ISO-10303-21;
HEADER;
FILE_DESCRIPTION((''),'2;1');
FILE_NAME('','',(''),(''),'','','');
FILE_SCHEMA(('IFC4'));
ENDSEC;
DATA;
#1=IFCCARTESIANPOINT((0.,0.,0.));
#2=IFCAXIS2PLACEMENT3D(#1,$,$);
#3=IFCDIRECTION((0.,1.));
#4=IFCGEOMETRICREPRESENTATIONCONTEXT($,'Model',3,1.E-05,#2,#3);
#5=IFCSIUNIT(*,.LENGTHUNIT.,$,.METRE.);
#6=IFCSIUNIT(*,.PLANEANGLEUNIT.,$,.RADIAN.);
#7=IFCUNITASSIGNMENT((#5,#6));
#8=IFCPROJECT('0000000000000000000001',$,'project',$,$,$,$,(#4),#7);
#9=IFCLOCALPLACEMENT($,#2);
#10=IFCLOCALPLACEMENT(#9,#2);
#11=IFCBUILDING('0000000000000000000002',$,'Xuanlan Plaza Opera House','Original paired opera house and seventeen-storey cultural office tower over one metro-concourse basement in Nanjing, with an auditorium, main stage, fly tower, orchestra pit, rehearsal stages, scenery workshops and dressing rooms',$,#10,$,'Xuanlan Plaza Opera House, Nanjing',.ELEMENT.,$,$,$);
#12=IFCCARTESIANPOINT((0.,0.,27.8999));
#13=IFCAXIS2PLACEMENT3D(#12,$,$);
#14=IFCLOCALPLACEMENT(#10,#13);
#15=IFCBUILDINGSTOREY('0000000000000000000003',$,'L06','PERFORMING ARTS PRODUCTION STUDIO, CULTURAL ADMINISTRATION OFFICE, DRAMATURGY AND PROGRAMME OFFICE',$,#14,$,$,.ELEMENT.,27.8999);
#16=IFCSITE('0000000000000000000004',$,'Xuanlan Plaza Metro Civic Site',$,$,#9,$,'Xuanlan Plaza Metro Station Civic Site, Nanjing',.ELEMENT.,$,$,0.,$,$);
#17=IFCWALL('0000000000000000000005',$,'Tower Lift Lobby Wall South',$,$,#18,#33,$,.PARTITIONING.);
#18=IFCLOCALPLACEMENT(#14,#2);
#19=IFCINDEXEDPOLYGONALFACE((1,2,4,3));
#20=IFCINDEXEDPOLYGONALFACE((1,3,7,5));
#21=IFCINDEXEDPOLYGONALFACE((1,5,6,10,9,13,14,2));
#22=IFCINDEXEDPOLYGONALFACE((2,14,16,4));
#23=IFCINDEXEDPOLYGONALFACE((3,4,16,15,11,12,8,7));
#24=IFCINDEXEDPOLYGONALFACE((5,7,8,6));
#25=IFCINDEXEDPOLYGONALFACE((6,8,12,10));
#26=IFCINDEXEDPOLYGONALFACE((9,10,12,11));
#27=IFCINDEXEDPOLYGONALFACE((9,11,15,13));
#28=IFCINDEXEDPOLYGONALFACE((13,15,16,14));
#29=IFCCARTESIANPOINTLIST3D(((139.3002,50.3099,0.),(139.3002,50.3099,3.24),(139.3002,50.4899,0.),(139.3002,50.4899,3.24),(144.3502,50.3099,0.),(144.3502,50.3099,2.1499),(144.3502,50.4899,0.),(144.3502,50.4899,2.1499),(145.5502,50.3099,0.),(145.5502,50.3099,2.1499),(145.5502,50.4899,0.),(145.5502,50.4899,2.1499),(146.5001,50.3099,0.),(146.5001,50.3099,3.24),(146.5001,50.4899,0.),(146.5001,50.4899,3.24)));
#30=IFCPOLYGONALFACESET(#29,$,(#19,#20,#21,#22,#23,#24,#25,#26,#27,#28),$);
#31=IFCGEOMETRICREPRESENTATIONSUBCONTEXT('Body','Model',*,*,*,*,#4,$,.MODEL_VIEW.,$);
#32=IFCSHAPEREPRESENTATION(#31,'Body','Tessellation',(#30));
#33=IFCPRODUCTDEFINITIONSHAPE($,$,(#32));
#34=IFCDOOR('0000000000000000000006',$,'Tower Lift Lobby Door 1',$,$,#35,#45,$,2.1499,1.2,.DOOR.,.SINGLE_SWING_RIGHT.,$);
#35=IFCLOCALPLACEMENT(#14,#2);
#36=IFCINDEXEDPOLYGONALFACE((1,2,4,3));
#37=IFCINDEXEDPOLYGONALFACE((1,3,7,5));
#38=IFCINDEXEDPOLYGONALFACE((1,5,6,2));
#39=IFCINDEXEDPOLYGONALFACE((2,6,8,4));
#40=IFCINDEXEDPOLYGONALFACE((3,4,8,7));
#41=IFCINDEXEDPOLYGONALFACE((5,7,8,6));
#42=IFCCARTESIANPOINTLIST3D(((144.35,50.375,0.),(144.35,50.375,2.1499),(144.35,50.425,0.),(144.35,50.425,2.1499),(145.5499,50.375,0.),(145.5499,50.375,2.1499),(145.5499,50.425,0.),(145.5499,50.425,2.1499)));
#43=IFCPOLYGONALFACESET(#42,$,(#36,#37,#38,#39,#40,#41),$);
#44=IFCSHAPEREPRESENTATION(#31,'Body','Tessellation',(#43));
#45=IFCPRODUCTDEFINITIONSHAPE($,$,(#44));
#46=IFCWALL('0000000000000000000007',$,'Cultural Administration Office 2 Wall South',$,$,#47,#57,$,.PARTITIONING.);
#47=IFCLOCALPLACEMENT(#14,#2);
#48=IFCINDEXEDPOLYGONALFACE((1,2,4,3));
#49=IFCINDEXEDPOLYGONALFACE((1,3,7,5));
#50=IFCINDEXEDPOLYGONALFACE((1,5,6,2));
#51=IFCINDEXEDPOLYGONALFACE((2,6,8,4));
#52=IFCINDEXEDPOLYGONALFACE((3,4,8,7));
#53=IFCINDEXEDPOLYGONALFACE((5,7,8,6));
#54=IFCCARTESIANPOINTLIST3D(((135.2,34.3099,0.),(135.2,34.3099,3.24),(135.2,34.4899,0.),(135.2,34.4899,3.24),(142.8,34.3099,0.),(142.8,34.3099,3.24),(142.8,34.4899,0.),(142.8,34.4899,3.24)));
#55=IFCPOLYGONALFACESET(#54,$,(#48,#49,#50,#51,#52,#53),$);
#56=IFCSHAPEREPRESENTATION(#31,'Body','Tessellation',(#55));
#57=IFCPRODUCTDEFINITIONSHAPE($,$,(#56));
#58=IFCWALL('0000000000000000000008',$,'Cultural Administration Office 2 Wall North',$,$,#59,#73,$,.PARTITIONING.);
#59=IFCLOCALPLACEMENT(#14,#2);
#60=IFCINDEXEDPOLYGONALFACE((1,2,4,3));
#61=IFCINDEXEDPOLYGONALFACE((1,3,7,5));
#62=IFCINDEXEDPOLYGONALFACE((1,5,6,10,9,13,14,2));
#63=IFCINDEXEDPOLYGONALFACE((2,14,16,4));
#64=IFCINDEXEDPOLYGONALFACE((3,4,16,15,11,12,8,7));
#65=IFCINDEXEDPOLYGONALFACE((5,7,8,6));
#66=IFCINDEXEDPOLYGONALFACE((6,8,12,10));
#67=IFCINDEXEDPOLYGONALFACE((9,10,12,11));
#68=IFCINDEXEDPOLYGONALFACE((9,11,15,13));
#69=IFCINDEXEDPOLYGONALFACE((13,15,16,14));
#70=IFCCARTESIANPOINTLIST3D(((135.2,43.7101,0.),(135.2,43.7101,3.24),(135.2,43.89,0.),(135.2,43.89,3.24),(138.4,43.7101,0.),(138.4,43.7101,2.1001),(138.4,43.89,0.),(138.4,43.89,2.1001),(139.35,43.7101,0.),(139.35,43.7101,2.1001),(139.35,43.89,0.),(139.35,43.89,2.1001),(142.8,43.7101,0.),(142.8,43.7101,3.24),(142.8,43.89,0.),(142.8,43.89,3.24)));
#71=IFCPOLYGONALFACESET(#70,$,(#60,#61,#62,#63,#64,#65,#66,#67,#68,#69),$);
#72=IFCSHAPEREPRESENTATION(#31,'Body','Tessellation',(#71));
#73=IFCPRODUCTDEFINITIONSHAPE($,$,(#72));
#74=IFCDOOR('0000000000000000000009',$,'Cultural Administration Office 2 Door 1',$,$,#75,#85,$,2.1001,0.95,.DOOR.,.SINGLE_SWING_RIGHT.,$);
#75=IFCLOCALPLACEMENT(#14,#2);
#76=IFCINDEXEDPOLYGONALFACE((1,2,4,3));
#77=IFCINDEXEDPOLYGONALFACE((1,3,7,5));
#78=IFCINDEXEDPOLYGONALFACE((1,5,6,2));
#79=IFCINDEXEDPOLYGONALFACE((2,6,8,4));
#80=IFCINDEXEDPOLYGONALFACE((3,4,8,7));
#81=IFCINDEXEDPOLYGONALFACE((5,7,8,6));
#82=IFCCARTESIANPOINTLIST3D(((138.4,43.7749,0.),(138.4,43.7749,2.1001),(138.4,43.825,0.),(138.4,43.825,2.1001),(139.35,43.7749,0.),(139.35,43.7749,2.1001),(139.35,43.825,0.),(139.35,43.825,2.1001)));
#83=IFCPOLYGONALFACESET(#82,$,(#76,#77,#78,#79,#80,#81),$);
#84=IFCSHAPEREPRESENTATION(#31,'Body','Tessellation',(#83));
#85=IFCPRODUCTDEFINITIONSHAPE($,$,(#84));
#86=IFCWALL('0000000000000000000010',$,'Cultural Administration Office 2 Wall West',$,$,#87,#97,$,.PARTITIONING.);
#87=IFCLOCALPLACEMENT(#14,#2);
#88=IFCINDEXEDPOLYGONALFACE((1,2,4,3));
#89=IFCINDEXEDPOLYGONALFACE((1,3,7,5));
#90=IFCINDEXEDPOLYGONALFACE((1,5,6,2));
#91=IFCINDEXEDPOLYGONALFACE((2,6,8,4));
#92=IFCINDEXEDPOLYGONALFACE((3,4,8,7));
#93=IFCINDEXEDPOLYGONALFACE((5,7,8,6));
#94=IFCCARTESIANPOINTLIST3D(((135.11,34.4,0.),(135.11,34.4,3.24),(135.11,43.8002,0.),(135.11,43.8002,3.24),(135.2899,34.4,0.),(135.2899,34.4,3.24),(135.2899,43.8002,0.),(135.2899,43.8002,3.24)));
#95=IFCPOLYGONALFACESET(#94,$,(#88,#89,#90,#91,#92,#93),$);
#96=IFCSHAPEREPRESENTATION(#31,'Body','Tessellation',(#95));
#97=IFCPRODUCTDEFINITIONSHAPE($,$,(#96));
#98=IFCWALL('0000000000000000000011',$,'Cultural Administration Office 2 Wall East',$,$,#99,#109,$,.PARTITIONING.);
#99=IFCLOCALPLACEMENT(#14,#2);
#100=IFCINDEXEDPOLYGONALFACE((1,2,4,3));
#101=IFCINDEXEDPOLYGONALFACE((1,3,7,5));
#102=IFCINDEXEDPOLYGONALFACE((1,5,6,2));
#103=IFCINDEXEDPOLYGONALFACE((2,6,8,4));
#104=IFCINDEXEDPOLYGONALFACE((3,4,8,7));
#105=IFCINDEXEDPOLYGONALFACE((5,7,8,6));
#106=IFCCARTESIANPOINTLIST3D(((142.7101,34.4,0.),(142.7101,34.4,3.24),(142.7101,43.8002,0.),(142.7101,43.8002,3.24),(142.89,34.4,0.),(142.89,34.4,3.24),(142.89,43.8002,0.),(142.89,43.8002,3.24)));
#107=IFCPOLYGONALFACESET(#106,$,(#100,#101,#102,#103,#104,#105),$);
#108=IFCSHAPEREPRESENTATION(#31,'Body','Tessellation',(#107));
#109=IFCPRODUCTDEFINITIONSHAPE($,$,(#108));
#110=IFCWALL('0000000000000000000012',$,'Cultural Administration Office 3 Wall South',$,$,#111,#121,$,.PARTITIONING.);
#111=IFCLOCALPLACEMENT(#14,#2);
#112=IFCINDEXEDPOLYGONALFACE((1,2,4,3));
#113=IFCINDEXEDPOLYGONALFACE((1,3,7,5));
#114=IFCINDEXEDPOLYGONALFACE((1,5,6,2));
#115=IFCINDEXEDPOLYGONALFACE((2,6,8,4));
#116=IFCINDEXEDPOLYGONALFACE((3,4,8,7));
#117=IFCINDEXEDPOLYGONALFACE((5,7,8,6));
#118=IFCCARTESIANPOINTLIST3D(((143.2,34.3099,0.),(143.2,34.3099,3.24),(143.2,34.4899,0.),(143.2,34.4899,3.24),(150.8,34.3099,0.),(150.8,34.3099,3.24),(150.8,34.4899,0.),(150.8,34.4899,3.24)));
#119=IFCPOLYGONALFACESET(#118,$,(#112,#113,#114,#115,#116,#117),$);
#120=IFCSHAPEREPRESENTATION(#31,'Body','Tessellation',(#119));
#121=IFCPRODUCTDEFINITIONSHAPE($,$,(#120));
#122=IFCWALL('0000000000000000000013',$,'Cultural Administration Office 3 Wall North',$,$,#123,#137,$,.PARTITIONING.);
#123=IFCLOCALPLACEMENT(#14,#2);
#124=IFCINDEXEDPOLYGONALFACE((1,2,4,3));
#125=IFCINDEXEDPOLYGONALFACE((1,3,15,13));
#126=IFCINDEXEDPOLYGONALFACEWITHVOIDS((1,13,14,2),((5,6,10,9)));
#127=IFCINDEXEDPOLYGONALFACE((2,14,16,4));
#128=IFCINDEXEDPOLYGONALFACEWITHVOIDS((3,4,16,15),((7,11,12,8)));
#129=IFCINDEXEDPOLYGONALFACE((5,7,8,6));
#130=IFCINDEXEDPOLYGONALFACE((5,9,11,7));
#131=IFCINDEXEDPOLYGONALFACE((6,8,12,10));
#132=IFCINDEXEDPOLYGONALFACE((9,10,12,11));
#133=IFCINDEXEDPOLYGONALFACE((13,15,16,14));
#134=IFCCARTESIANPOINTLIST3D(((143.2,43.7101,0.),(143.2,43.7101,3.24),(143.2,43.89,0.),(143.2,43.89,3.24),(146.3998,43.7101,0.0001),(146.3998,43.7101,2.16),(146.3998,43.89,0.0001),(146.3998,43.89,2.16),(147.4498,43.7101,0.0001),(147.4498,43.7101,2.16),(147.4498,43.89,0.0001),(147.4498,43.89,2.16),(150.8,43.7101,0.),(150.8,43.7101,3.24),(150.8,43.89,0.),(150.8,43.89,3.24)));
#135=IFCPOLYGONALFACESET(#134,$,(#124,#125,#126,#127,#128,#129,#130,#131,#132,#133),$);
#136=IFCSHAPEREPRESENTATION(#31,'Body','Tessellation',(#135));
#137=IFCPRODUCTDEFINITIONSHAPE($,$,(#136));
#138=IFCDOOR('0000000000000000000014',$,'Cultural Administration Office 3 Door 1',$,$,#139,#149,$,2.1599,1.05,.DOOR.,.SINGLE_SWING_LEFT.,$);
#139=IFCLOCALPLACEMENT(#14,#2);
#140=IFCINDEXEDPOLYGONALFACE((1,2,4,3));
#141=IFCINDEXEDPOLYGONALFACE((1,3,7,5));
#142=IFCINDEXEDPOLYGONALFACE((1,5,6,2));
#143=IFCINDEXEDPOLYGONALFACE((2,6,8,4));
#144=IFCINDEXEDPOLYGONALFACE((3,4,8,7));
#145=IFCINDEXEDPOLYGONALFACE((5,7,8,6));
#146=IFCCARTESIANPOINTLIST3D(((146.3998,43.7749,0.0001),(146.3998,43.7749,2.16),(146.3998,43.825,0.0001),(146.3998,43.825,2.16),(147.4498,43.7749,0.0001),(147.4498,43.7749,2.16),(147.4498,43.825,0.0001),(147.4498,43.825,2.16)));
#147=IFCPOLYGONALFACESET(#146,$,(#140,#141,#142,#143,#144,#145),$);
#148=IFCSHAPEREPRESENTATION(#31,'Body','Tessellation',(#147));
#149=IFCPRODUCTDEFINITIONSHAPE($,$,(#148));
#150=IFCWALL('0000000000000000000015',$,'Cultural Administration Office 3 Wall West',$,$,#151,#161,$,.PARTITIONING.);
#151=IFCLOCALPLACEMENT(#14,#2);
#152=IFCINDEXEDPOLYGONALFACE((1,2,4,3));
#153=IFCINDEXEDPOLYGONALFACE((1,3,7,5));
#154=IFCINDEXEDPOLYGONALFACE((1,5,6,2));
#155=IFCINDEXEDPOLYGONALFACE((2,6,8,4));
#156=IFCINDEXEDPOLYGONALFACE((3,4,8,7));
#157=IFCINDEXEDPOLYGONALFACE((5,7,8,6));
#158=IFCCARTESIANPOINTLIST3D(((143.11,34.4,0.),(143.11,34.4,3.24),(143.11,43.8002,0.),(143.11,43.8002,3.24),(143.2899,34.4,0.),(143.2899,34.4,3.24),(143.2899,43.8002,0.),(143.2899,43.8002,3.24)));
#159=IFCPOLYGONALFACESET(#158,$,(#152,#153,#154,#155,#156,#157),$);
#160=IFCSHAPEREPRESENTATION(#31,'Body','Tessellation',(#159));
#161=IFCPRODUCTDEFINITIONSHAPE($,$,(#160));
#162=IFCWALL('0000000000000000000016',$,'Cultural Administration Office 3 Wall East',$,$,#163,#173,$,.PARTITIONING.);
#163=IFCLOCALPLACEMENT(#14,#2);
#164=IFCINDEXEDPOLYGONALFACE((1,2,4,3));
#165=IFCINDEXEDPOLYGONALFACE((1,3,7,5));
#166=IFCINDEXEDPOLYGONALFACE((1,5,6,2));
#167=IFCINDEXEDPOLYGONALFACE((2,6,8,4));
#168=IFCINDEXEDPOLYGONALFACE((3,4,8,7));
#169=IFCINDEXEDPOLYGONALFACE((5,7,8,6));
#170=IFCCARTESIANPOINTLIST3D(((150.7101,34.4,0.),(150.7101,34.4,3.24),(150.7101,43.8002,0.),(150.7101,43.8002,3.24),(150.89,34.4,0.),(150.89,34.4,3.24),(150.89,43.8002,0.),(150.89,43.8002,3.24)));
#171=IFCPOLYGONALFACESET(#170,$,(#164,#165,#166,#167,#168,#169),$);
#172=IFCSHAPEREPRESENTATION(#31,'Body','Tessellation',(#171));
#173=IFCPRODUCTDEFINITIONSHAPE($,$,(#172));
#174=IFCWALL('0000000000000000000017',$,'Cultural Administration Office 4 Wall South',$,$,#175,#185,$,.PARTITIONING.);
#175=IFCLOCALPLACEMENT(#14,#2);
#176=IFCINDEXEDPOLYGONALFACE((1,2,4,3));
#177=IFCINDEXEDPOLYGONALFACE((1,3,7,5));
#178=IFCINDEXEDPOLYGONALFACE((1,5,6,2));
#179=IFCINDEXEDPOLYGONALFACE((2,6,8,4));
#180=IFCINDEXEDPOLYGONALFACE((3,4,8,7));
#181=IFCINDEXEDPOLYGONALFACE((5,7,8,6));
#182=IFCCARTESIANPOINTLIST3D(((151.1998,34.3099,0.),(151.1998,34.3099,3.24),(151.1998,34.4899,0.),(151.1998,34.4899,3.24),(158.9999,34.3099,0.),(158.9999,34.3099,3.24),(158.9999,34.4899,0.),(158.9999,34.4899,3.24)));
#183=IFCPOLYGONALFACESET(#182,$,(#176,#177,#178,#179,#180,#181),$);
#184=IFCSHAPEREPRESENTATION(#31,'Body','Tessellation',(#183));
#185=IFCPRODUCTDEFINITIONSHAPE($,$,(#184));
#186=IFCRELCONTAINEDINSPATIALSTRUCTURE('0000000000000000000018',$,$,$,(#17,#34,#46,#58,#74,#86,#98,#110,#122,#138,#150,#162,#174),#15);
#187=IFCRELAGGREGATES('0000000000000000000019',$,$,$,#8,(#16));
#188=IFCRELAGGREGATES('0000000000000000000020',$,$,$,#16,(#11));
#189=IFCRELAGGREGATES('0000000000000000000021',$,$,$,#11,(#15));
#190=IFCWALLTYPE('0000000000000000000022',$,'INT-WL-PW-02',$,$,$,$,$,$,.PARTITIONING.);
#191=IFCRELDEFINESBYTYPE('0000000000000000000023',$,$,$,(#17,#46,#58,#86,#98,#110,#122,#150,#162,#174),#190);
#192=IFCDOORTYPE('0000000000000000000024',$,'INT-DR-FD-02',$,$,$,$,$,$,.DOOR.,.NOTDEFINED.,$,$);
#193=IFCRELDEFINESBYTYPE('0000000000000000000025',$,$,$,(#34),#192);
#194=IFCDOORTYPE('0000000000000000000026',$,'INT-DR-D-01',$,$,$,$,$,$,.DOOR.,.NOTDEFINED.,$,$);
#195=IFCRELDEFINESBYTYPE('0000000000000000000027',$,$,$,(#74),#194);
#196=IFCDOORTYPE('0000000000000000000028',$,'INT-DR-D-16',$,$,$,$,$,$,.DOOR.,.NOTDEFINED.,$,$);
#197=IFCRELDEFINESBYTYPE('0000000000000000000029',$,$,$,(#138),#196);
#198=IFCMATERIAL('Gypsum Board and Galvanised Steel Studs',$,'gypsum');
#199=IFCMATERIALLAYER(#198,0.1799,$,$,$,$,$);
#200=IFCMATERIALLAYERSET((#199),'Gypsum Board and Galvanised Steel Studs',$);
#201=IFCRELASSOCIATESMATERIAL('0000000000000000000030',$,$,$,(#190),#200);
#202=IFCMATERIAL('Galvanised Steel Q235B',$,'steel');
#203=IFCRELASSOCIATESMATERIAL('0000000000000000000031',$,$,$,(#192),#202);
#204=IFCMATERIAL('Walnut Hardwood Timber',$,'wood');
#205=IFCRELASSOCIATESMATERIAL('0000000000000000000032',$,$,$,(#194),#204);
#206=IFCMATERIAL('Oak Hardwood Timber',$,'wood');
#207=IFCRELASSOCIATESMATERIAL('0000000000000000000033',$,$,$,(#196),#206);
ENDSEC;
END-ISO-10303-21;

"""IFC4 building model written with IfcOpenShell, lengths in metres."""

from ifc_helpers import new_model, si_unit, direction, frame, frame_2d, origin, place, context, subcontext, project, spatial, rectangle, extrude, material, layer, layer_set, type_object, element, fill, save


model = new_model("IFC4")

# Units and contexts
model_context = context("Model", 3, precision=1e-05, world=origin(), true_north=direction((0.0, 1.0)))
body_context = subcontext(model_context, "Body", "Model", "MODEL_VIEW")
ifc_project = project(units=[si_unit("LENGTHUNIT", "METRE"), si_unit("PLANEANGLEUNIT", "RADIAN")], contexts=[model_context])

# Site, building, storey
site_placement = place(None, origin())
site = spatial("IfcSite", under=ifc_project, at=site_placement, Name="Xuanlan Plaza Metro Civic Site", LongName="Xuanlan Plaza Metro Station Civic Site, Nanjing", CompositionType="ELEMENT", RefElevation=0.0)
building_placement = place(site_placement, origin())
building = spatial("IfcBuilding", under=site, at=building_placement, Name="Xuanlan Plaza Opera House", Description="Original paired opera house and seventeen-storey cultural office tower over one metro-concourse basement in Nanjing, with an auditorium, main stage, fly tower, orchestra pit, rehearsal stages, scenery workshops and dressing rooms", LongName="Xuanlan Plaza Opera House, Nanjing", CompositionType="ELEMENT")
storey_placement = place(building_placement, frame((0.0, 0.0, 27.8999)))
storey = spatial("IfcBuildingStorey", under=building, at=storey_placement, Name="L06", Description="PERFORMING ARTS PRODUCTION STUDIO, CULTURAL ADMINISTRATION OFFICE, DRAMATURGY AND PROGRAMME OFFICE", CompositionType="ELEMENT", Elevation=27.8999)

# Wall, opening, door
ifc_material_1 = material(Name="Gypsum Board and Galvanised Steel Studs", Category="gypsum")
ifc_layer_1 = layer(ifc_material_1, 0.1799)
ifc_layer_set_1 = layer_set([ifc_layer_1], Name="Gypsum Board and Galvanised Steel Studs")
wall_type_1 = type_object("IfcWallType", Name="INT-WL-PW-02", PredefinedType="PARTITIONING", material=ifc_layer_set_1)
wall_1_placement = place(storey_placement, frame((139.3, 50.3999, 0.0), z_axis=(0.0, 0.0, 1.0), x_axis=(1.0, 0.0, 0.0)))
wall_1 = element("IfcWall", 1, at=wall_1_placement, inside=storey, type_object=wall_type_1, Name="Tower Lift Lobby Wall South", PredefinedType="PARTITIONING", context=body_context, shape_type="SweptSolid", body=[
    extrude(rectangle(XDim=7.2, YDim=0.1799, at=frame_2d((3.6001, 0.0))), origin(), (0.0, 0.0, 1.0), 3.24),
])
opening_1_placement = place(wall_1_placement, frame((5.05, 0.0, 0.0)))
opening_1 = element("IfcOpeningElement", 2, at=opening_1_placement, cuts=wall_1, PredefinedType="OPENING", context=body_context, shape_type="SweptSolid", body=[
    extrude(rectangle(XDim=1.2, YDim=2.1499, at=frame_2d((0.6001, 1.075))), frame((0.0, 0.0999, 0.0), z_axis=(0.0, -1.0, 0.0), x_axis=(1.0, 0.0, 0.0)), (0.0, 0.0, 1.0), 0.2),
])
ifc_material_2 = material(Name="Galvanised Steel Q235B", Category="steel")
door_type_1 = type_object("IfcDoorType", Name="INT-DR-FD-02", OperationType="NOTDEFINED", PredefinedType="DOOR", material=ifc_material_2)
door_1_placement = place(opening_1_placement, frame((1.2, 0.0, 0.0), z_axis=(0.0, 0.0, 1.0), x_axis=(-1.0, 0.0, 0.0)))
door_1 = element("IfcDoor", 3, at=door_1_placement, inside=storey, type_object=door_type_1, Name="Tower Lift Lobby Door 1", OperationType="SINGLE_SWING_RIGHT", OverallHeight=2.1499, OverallWidth=1.2, PredefinedType="DOOR", context=body_context, shape_type="SweptSolid", body=[
    extrude(rectangle(XDim=1.2, YDim=2.1499, at=frame_2d((0.6001, 1.075))), frame((0.0, 0.0249, 0.0), z_axis=(0.0, -1.0, 0.0), x_axis=(1.0, 0.0, 0.0)), (0.0, 0.0, 1.0), 0.05),
])
fill(opening_1, door_1)

# Wall
wall_2_placement = place(storey_placement, frame((135.2, 34.3999, 0.0), z_axis=(0.0, 0.0, 1.0), x_axis=(1.0, 0.0, 0.0)))
element("IfcWall", 4, at=wall_2_placement, inside=storey, type_object=wall_type_1, Name="Cultural Administration Office 2 Wall South", PredefinedType="PARTITIONING", context=body_context, shape_type="SweptSolid", body=[
    extrude(rectangle(XDim=7.6001, YDim=0.1799, at=frame_2d((3.8, 0.0))), origin(), (0.0, 0.0, 1.0), 3.24),
])

# Wall, opening, door
wall_3_placement = place(storey_placement, frame((135.2, 43.8, 0.0), z_axis=(0.0, 0.0, 1.0), x_axis=(1.0, 0.0, 0.0)))
wall_3 = element("IfcWall", 5, at=wall_3_placement, inside=storey, type_object=wall_type_1, Name="Cultural Administration Office 2 Wall North", PredefinedType="PARTITIONING", context=body_context, shape_type="SweptSolid", body=[
    extrude(rectangle(XDim=7.6001, YDim=0.1799, at=frame_2d((3.8, 0.0))), origin(), (0.0, 0.0, 1.0), 3.24),
])
opening_2_placement = place(wall_3_placement, frame((3.2, 0.0, 0.0)))
opening_2 = element("IfcOpeningElement", 6, at=opening_2_placement, cuts=wall_3, PredefinedType="OPENING", context=body_context, shape_type="SweptSolid", body=[
    extrude(rectangle(XDim=0.95, YDim=2.1001, at=frame_2d((0.4751, 1.05))), frame((0.0, 0.0999, 0.0), z_axis=(0.0, -1.0, 0.0), x_axis=(1.0, 0.0, 0.0)), (0.0, 0.0, 1.0), 0.2),
])
ifc_material_3 = material(Name="Walnut Hardwood Timber", Category="wood")
door_type_2 = type_object("IfcDoorType", Name="INT-DR-D-01", OperationType="NOTDEFINED", PredefinedType="DOOR", material=ifc_material_3)
door_2_placement = place(opening_2_placement, origin())
door_2 = element("IfcDoor", 7, at=door_2_placement, inside=storey, type_object=door_type_2, Name="Cultural Administration Office 2 Door 1", OperationType="SINGLE_SWING_RIGHT", OverallHeight=2.1001, OverallWidth=0.95, PredefinedType="DOOR", context=body_context, shape_type="SweptSolid", body=[
    extrude(rectangle(XDim=0.95, YDim=2.1001, at=frame_2d((0.4751, 1.05))), frame((0.0, 0.0249, 0.0), z_axis=(0.0, -1.0, 0.0), x_axis=(1.0, 0.0, 0.0)), (0.0, 0.0, 1.0), 0.05),
])
fill(opening_2, door_2)

# Walls
for number, where, z_axis, x_axis, name in (
    (8, (135.2, 34.3999, 0.0), (0.0, 0.0, 1.0), (0.0, 1.0, 0.0), "Cultural Administration Office 2 Wall West"),
    (9, (142.8, 34.3999, 0.0), (0.0, 0.0, 1.0), (0.0, 1.0, 0.0), "Cultural Administration Office 2 Wall East"),
):
    element("IfcWall", number, at=place(storey_placement, frame(where, z_axis=z_axis, x_axis=x_axis)), inside=storey, type_object=wall_type_1, Name=name, PredefinedType="PARTITIONING", context=body_context, shape_type="SweptSolid", body=[
        extrude(rectangle(XDim=9.4001, YDim=0.1799, at=frame_2d((4.7002, 0.0))), origin(), (0.0, 0.0, 1.0), 3.24),
    ])
wall_4_placement = place(storey_placement, frame((143.2, 34.3999, 0.0), z_axis=(0.0, 0.0, 1.0), x_axis=(1.0, 0.0, 0.0)))
element("IfcWall", 10, at=wall_4_placement, inside=storey, type_object=wall_type_1, Name="Cultural Administration Office 3 Wall South", PredefinedType="PARTITIONING", context=body_context, shape_type="SweptSolid", body=[
    extrude(rectangle(XDim=7.6001, YDim=0.1799, at=frame_2d((3.8, 0.0))), origin(), (0.0, 0.0, 1.0), 3.24),
])

# Wall, opening, door
wall_5_placement = place(storey_placement, frame((143.2, 43.8, 0.0), z_axis=(0.0, 0.0, 1.0), x_axis=(1.0, 0.0, 0.0)))
wall_5 = element("IfcWall", 11, at=wall_5_placement, inside=storey, type_object=wall_type_1, Name="Cultural Administration Office 3 Wall North", PredefinedType="PARTITIONING", context=body_context, shape_type="SweptSolid", body=[
    extrude(rectangle(XDim=7.6001, YDim=0.1799, at=frame_2d((3.8, 0.0))), origin(), (0.0, 0.0, 1.0), 3.24),
])
opening_3_placement = place(wall_5_placement, frame((3.2, 0.0, 0.0)))
opening_3 = element("IfcOpeningElement", 12, at=opening_3_placement, cuts=wall_5, PredefinedType="OPENING", context=body_context, shape_type="SweptSolid", body=[
    extrude(rectangle(XDim=1.05, YDim=2.1599, at=frame_2d((0.5249, 1.0801))), frame((0.0, 0.0999, 0.0), z_axis=(0.0, -1.0, 0.0), x_axis=(1.0, 0.0, 0.0)), (0.0, 0.0, 1.0), 0.2),
])
ifc_material_4 = material(Name="Oak Hardwood Timber", Category="wood")
door_type_3 = type_object("IfcDoorType", Name="INT-DR-D-16", OperationType="NOTDEFINED", PredefinedType="DOOR", material=ifc_material_4)
door_3_placement = place(opening_3_placement, origin())
door_3 = element("IfcDoor", 13, at=door_3_placement, inside=storey, type_object=door_type_3, Name="Cultural Administration Office 3 Door 1", OperationType="SINGLE_SWING_LEFT", OverallHeight=2.1599, OverallWidth=1.05, PredefinedType="DOOR", context=body_context, shape_type="SweptSolid", body=[
    extrude(rectangle(XDim=1.05, YDim=2.1599, at=frame_2d((0.5249, 1.0801))), frame((0.0, 0.0249, 0.0), z_axis=(0.0, -1.0, 0.0), x_axis=(1.0, 0.0, 0.0)), (0.0, 0.0, 1.0), 0.05),
])
fill(opening_3, door_3)

# Walls
for number, where, z_axis, x_axis, name in (
    (14, (143.2, 34.3999, 0.0), (0.0, 0.0, 1.0), (0.0, 1.0, 0.0), "Cultural Administration Office 3 Wall West"),
    (15, (150.8, 34.3999, 0.0), (0.0, 0.0, 1.0), (0.0, 1.0, 0.0), "Cultural Administration Office 3 Wall East"),
):
    element("IfcWall", number, at=place(storey_placement, frame(where, z_axis=z_axis, x_axis=x_axis)), inside=storey, type_object=wall_type_1, Name=name, PredefinedType="PARTITIONING", context=body_context, shape_type="SweptSolid", body=[
        extrude(rectangle(XDim=9.4001, YDim=0.1799, at=frame_2d((4.7002, 0.0))), origin(), (0.0, 0.0, 1.0), 3.24),
    ])
wall_6_placement = place(storey_placement, frame((151.2, 34.3999, 0.0), z_axis=(0.0, 0.0, 1.0), x_axis=(1.0, 0.0, 0.0)))
element("IfcWall", 16, at=wall_6_placement, inside=storey, type_object=wall_type_1, Name="Cultural Administration Office 4 Wall South", PredefinedType="PARTITIONING", context=body_context, shape_type="SweptSolid", body=[
    extrude(rectangle(XDim=7.8, YDim=0.1799, at=frame_2d((3.8999, 0.0))), origin(), (0.0, 0.0, 1.0), 3.24),
])

save(model, "model.ifc")
